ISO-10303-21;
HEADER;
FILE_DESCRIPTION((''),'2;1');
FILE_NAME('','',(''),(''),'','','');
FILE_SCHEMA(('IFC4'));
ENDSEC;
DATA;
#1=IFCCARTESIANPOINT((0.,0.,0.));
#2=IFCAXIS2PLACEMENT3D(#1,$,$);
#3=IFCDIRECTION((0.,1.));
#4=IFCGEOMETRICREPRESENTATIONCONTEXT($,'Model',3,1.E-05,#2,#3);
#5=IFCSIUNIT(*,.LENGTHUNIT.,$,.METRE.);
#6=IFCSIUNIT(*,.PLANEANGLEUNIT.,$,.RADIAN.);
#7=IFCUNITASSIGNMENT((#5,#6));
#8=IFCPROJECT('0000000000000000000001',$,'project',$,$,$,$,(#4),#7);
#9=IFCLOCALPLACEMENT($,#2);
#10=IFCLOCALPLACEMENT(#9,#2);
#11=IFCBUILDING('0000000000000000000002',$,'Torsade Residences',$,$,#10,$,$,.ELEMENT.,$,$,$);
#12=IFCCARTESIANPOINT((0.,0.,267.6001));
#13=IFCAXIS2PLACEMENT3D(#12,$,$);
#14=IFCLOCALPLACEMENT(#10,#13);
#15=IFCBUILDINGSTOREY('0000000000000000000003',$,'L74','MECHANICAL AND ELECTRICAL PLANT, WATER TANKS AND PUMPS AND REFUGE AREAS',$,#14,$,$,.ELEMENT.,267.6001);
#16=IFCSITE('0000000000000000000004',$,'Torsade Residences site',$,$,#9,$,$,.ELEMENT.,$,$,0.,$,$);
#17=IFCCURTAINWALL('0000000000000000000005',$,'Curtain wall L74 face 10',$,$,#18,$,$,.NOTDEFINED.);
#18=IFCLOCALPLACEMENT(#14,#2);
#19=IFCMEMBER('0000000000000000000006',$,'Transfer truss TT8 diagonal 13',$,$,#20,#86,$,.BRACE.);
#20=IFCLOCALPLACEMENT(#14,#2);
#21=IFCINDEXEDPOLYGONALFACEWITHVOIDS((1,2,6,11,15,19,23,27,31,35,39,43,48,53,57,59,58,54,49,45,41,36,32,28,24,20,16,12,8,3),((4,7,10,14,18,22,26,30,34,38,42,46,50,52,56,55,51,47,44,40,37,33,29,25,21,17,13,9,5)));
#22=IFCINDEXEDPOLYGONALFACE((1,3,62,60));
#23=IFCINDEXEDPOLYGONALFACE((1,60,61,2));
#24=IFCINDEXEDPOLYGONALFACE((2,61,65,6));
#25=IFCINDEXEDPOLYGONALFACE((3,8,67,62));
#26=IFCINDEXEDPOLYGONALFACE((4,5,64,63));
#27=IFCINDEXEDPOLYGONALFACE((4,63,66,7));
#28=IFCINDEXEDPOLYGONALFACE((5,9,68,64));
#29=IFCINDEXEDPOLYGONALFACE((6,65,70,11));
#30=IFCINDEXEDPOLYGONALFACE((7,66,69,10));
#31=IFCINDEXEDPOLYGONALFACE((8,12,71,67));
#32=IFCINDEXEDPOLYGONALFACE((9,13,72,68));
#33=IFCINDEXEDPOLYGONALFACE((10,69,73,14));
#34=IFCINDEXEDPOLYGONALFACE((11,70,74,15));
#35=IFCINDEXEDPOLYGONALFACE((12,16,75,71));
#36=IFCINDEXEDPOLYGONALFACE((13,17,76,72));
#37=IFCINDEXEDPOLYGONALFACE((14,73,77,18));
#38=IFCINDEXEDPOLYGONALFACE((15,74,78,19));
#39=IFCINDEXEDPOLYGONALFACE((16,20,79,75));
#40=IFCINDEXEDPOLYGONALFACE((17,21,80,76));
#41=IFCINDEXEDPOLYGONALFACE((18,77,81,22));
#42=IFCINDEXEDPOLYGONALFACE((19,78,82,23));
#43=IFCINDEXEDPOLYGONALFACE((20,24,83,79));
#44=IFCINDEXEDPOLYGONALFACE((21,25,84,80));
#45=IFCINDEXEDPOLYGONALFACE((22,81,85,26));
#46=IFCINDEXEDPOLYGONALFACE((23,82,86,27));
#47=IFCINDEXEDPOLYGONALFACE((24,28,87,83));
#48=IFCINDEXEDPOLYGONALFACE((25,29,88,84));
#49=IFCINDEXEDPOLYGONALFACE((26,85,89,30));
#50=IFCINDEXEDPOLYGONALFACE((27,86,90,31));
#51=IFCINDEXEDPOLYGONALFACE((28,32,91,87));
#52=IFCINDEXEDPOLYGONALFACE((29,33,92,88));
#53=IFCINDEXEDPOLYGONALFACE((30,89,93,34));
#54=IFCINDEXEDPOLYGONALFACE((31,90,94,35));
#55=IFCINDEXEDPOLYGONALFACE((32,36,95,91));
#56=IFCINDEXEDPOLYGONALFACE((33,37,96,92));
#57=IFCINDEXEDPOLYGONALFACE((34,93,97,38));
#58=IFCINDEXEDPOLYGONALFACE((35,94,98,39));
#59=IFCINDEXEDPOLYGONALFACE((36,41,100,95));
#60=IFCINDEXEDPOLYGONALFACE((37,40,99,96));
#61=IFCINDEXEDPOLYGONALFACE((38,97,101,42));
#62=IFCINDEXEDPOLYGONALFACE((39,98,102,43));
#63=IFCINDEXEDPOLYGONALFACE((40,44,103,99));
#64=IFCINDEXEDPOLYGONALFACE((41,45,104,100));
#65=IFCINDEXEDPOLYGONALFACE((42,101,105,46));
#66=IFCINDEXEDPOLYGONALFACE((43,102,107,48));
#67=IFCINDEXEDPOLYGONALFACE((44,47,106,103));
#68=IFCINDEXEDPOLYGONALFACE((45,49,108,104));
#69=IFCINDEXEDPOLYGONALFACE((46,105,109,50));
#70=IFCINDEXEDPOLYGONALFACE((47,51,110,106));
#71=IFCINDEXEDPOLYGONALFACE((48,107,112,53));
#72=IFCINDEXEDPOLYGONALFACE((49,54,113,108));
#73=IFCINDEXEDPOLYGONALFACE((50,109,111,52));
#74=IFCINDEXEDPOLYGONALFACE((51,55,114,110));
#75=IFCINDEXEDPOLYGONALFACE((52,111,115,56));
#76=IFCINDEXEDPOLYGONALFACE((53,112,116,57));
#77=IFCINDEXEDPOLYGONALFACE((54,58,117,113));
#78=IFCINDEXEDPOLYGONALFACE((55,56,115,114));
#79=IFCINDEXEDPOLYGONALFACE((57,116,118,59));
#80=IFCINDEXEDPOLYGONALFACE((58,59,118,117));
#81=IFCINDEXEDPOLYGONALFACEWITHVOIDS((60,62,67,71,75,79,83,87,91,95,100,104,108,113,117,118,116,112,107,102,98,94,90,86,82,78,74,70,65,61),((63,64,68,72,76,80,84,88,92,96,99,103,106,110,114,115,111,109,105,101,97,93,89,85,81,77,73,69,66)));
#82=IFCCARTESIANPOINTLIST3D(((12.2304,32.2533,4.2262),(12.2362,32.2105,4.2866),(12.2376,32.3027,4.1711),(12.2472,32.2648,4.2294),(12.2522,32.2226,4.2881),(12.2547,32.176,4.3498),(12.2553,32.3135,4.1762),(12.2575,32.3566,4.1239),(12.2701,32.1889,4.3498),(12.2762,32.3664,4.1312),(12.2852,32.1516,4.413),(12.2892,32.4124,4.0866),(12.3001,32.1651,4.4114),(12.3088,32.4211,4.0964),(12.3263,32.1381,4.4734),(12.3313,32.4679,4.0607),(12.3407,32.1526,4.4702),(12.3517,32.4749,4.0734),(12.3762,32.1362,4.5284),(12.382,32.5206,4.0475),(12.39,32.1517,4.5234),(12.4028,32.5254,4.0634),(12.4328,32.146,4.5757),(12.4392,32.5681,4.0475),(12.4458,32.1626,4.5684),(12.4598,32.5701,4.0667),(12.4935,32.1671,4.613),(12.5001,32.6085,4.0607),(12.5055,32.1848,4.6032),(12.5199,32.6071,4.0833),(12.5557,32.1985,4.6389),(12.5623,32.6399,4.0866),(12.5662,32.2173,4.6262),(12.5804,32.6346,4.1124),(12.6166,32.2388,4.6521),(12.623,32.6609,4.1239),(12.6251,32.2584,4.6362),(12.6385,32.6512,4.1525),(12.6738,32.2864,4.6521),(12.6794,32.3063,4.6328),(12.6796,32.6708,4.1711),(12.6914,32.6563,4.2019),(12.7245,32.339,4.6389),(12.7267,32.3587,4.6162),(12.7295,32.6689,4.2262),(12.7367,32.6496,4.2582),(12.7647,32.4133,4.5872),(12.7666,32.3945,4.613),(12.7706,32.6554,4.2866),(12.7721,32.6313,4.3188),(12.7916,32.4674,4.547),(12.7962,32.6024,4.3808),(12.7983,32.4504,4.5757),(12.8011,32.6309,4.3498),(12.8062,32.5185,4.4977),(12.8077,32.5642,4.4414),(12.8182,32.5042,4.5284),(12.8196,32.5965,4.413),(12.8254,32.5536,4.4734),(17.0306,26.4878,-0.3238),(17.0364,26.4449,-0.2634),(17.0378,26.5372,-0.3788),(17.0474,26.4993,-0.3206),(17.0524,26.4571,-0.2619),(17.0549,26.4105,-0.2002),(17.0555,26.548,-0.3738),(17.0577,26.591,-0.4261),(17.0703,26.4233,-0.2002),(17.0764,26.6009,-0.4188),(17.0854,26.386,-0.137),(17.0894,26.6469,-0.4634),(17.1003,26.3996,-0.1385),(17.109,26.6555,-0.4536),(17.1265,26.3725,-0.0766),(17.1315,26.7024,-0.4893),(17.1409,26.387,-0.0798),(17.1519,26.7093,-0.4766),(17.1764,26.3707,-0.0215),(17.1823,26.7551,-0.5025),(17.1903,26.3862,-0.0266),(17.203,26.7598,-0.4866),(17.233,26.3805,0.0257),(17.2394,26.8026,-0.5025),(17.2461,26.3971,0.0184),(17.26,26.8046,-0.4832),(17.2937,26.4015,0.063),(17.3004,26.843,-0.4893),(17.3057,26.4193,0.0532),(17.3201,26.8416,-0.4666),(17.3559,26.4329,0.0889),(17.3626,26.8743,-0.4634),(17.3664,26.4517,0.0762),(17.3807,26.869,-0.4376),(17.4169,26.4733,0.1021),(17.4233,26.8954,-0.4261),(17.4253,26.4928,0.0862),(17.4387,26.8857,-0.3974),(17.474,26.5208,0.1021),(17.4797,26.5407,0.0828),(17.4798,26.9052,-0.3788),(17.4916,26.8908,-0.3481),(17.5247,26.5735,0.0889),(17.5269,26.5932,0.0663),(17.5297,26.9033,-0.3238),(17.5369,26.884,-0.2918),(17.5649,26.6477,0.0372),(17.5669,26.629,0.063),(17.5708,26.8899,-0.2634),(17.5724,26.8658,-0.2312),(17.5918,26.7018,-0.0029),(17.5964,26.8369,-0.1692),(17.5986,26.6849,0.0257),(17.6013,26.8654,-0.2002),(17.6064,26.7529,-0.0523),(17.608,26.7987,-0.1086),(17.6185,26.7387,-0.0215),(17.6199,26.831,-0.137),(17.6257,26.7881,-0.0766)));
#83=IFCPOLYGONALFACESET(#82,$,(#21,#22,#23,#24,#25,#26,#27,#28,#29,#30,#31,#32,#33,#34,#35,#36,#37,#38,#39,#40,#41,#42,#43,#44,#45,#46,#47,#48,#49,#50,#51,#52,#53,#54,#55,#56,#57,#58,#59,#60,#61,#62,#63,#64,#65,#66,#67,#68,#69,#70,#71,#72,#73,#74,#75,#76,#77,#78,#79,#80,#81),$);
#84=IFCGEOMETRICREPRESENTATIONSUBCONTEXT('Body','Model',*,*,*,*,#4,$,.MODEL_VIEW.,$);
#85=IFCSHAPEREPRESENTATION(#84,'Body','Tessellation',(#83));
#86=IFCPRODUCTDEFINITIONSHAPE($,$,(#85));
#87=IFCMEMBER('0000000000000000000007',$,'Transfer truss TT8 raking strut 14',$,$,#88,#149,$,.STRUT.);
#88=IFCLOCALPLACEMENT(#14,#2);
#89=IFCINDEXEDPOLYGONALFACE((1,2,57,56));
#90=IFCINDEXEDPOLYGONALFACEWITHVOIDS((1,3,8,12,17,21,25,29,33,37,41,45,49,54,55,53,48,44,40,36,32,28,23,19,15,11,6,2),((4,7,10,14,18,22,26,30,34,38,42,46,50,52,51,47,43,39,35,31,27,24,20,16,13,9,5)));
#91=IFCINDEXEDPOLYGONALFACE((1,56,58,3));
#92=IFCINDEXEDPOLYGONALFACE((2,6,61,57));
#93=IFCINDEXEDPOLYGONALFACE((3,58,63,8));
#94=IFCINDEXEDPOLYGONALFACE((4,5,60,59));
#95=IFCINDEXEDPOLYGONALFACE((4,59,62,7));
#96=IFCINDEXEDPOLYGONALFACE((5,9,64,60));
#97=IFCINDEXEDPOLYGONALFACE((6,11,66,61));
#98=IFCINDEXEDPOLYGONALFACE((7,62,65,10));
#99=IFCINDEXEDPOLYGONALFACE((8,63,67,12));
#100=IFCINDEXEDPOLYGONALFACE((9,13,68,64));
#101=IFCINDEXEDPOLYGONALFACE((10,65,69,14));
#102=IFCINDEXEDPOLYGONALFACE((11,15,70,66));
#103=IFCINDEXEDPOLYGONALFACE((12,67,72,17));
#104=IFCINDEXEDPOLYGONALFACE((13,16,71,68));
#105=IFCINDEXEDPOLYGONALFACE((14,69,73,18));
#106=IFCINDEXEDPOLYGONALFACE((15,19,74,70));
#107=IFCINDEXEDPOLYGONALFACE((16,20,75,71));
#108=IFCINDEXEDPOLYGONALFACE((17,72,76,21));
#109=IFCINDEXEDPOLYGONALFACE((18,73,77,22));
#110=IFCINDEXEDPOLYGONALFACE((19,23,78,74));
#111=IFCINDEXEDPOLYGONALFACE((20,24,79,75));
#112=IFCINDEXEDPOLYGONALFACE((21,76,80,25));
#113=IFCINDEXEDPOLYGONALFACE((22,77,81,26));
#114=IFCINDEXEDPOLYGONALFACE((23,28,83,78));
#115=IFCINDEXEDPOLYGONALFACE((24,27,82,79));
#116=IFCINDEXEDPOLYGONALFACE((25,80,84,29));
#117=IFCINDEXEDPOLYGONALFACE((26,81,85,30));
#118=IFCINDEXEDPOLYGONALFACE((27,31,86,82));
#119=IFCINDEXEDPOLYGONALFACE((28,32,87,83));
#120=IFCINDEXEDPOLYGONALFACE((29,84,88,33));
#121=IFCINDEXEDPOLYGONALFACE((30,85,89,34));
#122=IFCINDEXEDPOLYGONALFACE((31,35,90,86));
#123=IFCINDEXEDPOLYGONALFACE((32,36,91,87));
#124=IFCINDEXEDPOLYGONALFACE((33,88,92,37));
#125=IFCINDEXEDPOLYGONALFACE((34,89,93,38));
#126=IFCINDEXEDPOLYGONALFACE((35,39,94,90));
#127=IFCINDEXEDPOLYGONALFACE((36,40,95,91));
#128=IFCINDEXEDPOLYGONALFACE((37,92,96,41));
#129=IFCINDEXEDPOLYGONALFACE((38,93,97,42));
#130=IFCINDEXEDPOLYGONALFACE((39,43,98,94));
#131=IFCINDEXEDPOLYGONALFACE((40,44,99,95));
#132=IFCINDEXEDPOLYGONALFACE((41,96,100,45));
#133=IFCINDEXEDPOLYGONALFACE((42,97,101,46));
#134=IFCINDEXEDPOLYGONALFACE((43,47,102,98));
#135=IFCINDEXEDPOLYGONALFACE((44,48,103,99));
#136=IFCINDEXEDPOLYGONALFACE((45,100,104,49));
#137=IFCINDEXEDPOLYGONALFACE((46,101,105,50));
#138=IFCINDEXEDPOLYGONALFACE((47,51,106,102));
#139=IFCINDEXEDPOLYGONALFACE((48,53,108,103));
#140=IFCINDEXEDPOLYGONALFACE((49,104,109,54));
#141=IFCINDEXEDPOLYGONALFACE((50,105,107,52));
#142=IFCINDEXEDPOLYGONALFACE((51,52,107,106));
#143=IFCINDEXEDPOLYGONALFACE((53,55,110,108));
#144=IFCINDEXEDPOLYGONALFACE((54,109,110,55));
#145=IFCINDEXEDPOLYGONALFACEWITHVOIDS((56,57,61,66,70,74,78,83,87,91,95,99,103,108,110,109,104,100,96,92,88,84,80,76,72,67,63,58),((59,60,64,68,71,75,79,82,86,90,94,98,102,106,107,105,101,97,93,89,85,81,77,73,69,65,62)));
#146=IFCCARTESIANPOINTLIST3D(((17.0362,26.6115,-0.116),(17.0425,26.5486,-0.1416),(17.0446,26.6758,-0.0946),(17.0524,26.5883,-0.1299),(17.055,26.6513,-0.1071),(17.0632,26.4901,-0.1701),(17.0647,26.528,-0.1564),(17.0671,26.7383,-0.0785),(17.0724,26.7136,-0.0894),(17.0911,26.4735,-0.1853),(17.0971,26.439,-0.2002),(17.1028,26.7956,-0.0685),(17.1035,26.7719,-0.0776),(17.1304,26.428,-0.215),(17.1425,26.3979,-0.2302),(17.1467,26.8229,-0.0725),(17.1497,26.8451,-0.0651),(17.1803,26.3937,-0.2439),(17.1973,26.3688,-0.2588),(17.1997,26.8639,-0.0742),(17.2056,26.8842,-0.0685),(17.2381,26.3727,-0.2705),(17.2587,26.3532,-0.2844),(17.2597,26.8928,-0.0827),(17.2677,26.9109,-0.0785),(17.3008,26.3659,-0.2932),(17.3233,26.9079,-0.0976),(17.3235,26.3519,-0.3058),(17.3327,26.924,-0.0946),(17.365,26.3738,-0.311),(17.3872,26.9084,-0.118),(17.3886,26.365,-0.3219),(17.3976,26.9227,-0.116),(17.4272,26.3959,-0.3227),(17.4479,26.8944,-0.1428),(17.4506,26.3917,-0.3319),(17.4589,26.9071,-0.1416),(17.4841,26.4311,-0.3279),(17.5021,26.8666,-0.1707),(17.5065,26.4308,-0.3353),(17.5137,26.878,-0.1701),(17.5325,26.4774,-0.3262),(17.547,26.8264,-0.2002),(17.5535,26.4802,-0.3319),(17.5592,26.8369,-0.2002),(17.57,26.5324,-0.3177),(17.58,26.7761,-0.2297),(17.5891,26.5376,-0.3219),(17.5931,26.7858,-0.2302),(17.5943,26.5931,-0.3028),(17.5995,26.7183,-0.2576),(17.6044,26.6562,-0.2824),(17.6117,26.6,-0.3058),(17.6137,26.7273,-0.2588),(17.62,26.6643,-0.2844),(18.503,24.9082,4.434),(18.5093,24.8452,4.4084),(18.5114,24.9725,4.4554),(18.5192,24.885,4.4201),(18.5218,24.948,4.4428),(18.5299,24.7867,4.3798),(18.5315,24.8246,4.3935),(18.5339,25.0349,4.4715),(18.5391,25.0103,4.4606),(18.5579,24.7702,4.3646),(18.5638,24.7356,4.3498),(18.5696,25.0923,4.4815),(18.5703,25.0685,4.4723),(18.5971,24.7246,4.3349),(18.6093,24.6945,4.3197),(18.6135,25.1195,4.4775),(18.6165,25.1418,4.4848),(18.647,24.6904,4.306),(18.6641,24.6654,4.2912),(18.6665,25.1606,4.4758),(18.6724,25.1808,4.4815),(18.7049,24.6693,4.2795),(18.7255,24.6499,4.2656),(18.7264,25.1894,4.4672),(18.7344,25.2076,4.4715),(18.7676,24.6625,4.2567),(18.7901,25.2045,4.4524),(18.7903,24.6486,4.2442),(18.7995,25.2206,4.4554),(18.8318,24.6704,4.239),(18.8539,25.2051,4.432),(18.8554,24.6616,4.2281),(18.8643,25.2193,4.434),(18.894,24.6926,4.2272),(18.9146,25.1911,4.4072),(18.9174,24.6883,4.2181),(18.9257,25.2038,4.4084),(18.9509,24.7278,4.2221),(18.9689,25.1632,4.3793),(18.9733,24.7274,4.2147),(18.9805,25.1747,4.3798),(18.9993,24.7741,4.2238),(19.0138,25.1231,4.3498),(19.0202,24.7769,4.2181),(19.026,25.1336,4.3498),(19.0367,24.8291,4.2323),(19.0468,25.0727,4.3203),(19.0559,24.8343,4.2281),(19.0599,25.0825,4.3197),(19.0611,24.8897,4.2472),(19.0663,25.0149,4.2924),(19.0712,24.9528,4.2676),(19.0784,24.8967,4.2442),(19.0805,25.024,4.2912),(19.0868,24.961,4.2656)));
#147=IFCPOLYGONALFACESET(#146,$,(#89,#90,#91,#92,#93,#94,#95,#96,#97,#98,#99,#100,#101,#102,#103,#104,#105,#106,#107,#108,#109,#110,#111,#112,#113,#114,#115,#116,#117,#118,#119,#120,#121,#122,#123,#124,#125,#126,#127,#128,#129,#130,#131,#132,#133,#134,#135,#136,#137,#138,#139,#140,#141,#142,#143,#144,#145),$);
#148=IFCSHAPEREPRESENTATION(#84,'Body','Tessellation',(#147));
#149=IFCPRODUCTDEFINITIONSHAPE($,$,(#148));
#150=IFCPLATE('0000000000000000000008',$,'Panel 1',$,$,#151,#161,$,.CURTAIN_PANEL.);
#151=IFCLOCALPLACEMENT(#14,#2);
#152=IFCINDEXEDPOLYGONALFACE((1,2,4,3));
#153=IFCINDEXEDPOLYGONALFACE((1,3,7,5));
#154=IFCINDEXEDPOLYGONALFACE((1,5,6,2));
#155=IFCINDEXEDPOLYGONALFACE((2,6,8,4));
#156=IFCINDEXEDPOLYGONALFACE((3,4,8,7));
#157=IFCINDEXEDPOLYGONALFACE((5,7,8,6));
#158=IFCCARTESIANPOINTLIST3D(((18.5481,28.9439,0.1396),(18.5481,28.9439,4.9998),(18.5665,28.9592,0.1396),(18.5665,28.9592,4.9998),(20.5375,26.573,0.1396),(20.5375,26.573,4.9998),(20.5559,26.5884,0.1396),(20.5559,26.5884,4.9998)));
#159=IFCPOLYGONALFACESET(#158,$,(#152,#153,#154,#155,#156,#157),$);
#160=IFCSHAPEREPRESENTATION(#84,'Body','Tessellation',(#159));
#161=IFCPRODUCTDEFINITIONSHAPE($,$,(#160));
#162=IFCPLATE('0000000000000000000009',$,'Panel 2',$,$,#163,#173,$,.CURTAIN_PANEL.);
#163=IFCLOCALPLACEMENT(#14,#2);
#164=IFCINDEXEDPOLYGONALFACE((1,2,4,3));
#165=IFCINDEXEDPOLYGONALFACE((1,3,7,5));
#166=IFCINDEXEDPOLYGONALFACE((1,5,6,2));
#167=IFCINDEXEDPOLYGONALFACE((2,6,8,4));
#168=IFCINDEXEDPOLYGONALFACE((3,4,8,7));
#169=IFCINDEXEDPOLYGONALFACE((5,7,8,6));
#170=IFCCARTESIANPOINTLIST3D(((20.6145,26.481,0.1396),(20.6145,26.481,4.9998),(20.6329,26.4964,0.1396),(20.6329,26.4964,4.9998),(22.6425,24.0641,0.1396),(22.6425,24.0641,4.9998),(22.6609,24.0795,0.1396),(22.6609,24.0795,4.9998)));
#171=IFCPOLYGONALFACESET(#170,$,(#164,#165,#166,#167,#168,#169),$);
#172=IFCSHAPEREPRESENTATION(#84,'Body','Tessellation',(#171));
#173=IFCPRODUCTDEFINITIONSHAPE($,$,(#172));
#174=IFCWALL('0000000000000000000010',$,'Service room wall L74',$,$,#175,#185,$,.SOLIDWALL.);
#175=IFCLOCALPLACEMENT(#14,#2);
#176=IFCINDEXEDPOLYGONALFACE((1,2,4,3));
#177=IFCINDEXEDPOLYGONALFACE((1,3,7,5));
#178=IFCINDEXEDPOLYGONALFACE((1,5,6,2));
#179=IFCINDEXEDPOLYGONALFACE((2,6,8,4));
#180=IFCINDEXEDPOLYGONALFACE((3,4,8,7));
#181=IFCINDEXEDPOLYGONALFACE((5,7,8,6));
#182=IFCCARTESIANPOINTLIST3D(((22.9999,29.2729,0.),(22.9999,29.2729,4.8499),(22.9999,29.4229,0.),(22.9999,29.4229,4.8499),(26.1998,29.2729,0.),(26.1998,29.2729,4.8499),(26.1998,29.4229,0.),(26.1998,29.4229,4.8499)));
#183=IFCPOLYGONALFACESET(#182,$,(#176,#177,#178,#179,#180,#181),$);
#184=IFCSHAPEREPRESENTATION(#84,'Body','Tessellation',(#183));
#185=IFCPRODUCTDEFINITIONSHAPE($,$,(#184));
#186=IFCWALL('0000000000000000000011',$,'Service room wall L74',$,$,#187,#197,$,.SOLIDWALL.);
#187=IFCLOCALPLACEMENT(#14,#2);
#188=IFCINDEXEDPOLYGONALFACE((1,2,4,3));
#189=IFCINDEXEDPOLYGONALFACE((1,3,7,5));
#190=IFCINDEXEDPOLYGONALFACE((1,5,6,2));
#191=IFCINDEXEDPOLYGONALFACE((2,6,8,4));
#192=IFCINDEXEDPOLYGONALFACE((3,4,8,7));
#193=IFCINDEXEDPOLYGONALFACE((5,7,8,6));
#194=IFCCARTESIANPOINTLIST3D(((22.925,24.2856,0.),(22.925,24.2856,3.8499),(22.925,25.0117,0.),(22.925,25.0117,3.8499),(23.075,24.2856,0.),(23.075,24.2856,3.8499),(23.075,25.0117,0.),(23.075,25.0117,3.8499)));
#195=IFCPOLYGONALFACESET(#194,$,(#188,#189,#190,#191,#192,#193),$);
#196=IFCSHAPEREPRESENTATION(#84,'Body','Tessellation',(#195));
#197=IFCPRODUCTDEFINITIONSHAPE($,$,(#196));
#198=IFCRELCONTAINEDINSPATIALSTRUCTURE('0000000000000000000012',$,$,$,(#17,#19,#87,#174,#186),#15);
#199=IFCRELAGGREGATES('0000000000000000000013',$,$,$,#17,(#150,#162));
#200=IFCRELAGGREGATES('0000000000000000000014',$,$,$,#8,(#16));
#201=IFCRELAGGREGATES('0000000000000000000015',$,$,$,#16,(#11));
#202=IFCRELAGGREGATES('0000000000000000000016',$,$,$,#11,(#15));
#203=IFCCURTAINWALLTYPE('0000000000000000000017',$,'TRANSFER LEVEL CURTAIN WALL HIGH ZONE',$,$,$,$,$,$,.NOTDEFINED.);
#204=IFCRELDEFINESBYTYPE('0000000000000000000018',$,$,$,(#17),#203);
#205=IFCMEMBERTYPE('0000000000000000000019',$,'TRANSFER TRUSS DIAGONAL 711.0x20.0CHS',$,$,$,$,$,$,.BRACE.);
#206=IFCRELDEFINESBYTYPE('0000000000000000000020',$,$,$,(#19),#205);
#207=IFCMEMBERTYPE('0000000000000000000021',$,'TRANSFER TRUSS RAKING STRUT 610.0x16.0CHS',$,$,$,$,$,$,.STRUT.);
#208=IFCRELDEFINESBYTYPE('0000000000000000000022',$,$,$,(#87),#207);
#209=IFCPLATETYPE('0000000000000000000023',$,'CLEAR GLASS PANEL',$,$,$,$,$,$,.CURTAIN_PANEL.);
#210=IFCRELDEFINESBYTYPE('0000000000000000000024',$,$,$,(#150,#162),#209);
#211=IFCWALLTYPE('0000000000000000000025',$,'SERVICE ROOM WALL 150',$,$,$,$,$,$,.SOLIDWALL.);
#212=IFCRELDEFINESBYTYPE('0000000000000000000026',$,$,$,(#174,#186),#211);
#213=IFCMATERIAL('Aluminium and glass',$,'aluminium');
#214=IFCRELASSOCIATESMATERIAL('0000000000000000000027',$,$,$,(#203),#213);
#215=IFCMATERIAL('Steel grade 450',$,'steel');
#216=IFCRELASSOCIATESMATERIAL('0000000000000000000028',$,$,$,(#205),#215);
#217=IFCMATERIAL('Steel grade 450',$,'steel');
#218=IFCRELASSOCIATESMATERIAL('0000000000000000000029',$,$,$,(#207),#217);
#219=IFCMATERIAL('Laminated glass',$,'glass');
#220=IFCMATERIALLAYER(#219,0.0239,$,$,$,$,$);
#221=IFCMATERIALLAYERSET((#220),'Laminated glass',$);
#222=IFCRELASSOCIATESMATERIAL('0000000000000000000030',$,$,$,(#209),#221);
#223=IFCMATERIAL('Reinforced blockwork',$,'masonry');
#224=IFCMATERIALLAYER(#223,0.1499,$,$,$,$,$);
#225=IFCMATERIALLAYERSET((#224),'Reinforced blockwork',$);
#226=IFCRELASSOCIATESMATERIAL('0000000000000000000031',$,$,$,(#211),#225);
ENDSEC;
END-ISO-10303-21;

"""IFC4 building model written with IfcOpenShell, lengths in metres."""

from ifc_helpers import new_model, si_unit, direction, frame, frame_2d, origin, origin_2d, place, context, subcontext, project, spatial, rectangle, hollow_circle, extrude, material, layer, layer_set, material_profile, profile_set, type_object, element, aggregate, save


model = new_model("IFC4")

# Units and contexts
model_context = context("Model", 3, precision=1e-05, world=origin(), true_north=direction((0.0, 1.0)))
body_context = subcontext(model_context, "Body", "Model", "MODEL_VIEW")
ifc_project = project(units=[si_unit("LENGTHUNIT", "METRE"), si_unit("PLANEANGLEUNIT", "RADIAN")], contexts=[model_context])

# Site, building, storey
site_placement = place(None, origin())
site = spatial("IfcSite", under=ifc_project, at=site_placement, Name="Torsade Residences site", CompositionType="ELEMENT", RefElevation=0.0)
building_placement = place(site_placement, origin())
building = spatial("IfcBuilding", under=site, at=building_placement, Name="Torsade Residences", CompositionType="ELEMENT")
storey_placement = place(building_placement, frame((0.0, 0.0, 267.6001)))
storey = spatial("IfcBuildingStorey", under=building, at=storey_placement, Name="L74", Description="MECHANICAL AND ELECTRICAL PLANT, WATER TANKS AND PUMPS AND REFUGE AREAS", CompositionType="ELEMENT", Elevation=267.6001)

# Shared definitions
ifc_material_1 = material(Name="Aluminium and glass", Category="aluminium")
curtain_wall_type = type_object("IfcCurtainWallType", Name="TRANSFER LEVEL CURTAIN WALL HIGH ZONE", PredefinedType="NOTDEFINED", material=ifc_material_1)

# Curtain wall
curtain_wall_1_placement = place(storey_placement, origin())
curtain_wall_1 = element("IfcCurtainWall", 1, at=curtain_wall_1_placement, inside=storey, type_object=curtain_wall_type, Name="Curtain wall L74 face 10", PredefinedType="NOTDEFINED")

# Members
ifc_material_2 = material(Name="Steel grade 450", Category="steel")
ifc_material_profile_1 = material_profile(ifc_material_2, hollow_circle(Radius=0.3555, WallThickness=0.02, at=origin_2d()), Name="711.0x20.0CHS")
ifc_profile_set_1 = profile_set([ifc_material_profile_1], Name="Steel grade 450")
member_type_1 = type_object("IfcMemberType", Name="TRANSFER TRUSS DIAGONAL 711.0x20.0CHS", PredefinedType="BRACE", material=ifc_profile_set_1)
member_1_placement = place(storey_placement, frame((17.3281, 26.6379, -0.2002), z_axis=(-0.547086, 0.657104, 0.518566), x_axis=(-0.768509, -0.639839, 0.0)))
element("IfcMember", 2, at=member_1_placement, inside=storey, type_object=member_type_1, Name="Transfer truss TT8 diagonal 13", PredefinedType="BRACE", context=body_context, shape_type="SweptSolid", body=[
    extrude(hollow_circle(Radius=0.3555, WallThickness=0.02, at=origin_2d()), origin(), (0.0, 0.0, 1.0), 8.7742),
])
ifc_material_3 = material(Name="Steel grade 450", Category="steel")
ifc_material_profile_2 = material_profile(ifc_material_3, hollow_circle(Radius=0.3049, WallThickness=0.0161, at=origin_2d()), Name="610.0x16.0CHS")
ifc_profile_set_2 = profile_set([ifc_material_profile_2], Name="Steel grade 450")
member_type_2 = type_object("IfcMemberType", Name="TRANSFER TRUSS RAKING STRUT 610.0x16.0CHS", PredefinedType="STRUT", material=ifc_profile_set_2)
member_2_placement = place(storey_placement, frame((17.3281, 26.6379, -0.2002), z_axis=(0.289022, -0.335637, 0.896556), x_axis=(0.757767, 0.652525, 0.0)))
element("IfcMember", 3, at=member_2_placement, inside=storey, type_object=member_type_2, Name="Transfer truss TT8 raking strut 14", PredefinedType="STRUT", context=body_context, shape_type="SweptSolid", body=[
    extrude(hollow_circle(Radius=0.3049, WallThickness=0.0161, at=origin_2d()), origin(), (0.0, 0.0, 1.0), 5.075),
])

# Plates
ifc_material_4 = material(Name="Laminated glass", Category="glass")
ifc_layer_1 = layer(ifc_material_4, 0.0239)
ifc_layer_set_1 = layer_set([ifc_layer_1], Name="Laminated glass")
plate_type = type_object("IfcPlateType", Name="CLEAR GLASS PANEL", PredefinedType="CURTAIN_PANEL", material=ifc_layer_set_1)
plate_1_placement = place(storey_placement, frame((19.552, 27.7661, 0.1396), z_axis=(0.0, 0.0, 1.0), x_axis=(0.642788, -0.766044, 0.0)))
plate_1 = element("IfcPlate", 4, at=plate_1_placement, type_object=plate_type, Name="Panel 1", PredefinedType="CURTAIN_PANEL", context=body_context, shape_type="SweptSolid", body=[
    extrude(rectangle(XDim=3.095, YDim=0.0239, at=origin_2d()), origin(), (0.0, 0.0, 1.0), 4.8601),
])
plate_2_placement = place(storey_placement, frame((21.6377, 25.2803, 0.1396), z_axis=(0.0, 0.0, 1.0), x_axis=(0.642788, -0.766044, 0.0)))
plate_2 = element("IfcPlate", 5, at=plate_2_placement, type_object=plate_type, Name="Panel 2", PredefinedType="CURTAIN_PANEL", context=body_context, shape_type="SweptSolid", body=[
    extrude(rectangle(XDim=3.155, YDim=0.0239, at=origin_2d()), origin(), (0.0, 0.0, 1.0), 4.8601),
])
aggregate(curtain_wall_1, [plate_1, plate_2])

# Walls
ifc_material_5 = material(Name="Reinforced blockwork", Category="masonry")
ifc_layer_2 = layer(ifc_material_5, 0.1499)
ifc_layer_set_2 = layer_set([ifc_layer_2], Name="Reinforced blockwork")
wall_type = type_object("IfcWallType", Name="SERVICE ROOM WALL 150", PredefinedType="SOLIDWALL", material=ifc_layer_set_2)
wall_1_placement = place(storey_placement, frame((26.2, 29.3479, 0.0), z_axis=(0.0, 0.0, 1.0), x_axis=(-1.0, 0.0, 0.0)))
element("IfcWall", 6, at=wall_1_placement, inside=storey, type_object=wall_type, Name="Service room wall L74", PredefinedType="SOLIDWALL", context=body_context, shape_type="SweptSolid", body=[
    extrude(rectangle(XDim=3.2, YDim=0.1499, at=frame_2d((1.6001, 0.0))), origin(), (0.0, 0.0, 1.0), 4.8499),
])
wall_2_placement = place(storey_placement, frame((23.0, 24.2856, 0.0), z_axis=(0.0, 0.0, 1.0), x_axis=(0.0, 1.0, 0.0)))
element("IfcWall", 7, at=wall_2_placement, inside=storey, type_object=wall_type, Name="Service room wall L74", PredefinedType="SOLIDWALL", context=body_context, shape_type="SweptSolid", body=[
    extrude(rectangle(XDim=0.7261, YDim=0.1499, at=frame_2d((0.363, 0.0))), origin(), (0.0, 0.0, 1.0), 3.8499),
])

save(model, "model.ifc")
